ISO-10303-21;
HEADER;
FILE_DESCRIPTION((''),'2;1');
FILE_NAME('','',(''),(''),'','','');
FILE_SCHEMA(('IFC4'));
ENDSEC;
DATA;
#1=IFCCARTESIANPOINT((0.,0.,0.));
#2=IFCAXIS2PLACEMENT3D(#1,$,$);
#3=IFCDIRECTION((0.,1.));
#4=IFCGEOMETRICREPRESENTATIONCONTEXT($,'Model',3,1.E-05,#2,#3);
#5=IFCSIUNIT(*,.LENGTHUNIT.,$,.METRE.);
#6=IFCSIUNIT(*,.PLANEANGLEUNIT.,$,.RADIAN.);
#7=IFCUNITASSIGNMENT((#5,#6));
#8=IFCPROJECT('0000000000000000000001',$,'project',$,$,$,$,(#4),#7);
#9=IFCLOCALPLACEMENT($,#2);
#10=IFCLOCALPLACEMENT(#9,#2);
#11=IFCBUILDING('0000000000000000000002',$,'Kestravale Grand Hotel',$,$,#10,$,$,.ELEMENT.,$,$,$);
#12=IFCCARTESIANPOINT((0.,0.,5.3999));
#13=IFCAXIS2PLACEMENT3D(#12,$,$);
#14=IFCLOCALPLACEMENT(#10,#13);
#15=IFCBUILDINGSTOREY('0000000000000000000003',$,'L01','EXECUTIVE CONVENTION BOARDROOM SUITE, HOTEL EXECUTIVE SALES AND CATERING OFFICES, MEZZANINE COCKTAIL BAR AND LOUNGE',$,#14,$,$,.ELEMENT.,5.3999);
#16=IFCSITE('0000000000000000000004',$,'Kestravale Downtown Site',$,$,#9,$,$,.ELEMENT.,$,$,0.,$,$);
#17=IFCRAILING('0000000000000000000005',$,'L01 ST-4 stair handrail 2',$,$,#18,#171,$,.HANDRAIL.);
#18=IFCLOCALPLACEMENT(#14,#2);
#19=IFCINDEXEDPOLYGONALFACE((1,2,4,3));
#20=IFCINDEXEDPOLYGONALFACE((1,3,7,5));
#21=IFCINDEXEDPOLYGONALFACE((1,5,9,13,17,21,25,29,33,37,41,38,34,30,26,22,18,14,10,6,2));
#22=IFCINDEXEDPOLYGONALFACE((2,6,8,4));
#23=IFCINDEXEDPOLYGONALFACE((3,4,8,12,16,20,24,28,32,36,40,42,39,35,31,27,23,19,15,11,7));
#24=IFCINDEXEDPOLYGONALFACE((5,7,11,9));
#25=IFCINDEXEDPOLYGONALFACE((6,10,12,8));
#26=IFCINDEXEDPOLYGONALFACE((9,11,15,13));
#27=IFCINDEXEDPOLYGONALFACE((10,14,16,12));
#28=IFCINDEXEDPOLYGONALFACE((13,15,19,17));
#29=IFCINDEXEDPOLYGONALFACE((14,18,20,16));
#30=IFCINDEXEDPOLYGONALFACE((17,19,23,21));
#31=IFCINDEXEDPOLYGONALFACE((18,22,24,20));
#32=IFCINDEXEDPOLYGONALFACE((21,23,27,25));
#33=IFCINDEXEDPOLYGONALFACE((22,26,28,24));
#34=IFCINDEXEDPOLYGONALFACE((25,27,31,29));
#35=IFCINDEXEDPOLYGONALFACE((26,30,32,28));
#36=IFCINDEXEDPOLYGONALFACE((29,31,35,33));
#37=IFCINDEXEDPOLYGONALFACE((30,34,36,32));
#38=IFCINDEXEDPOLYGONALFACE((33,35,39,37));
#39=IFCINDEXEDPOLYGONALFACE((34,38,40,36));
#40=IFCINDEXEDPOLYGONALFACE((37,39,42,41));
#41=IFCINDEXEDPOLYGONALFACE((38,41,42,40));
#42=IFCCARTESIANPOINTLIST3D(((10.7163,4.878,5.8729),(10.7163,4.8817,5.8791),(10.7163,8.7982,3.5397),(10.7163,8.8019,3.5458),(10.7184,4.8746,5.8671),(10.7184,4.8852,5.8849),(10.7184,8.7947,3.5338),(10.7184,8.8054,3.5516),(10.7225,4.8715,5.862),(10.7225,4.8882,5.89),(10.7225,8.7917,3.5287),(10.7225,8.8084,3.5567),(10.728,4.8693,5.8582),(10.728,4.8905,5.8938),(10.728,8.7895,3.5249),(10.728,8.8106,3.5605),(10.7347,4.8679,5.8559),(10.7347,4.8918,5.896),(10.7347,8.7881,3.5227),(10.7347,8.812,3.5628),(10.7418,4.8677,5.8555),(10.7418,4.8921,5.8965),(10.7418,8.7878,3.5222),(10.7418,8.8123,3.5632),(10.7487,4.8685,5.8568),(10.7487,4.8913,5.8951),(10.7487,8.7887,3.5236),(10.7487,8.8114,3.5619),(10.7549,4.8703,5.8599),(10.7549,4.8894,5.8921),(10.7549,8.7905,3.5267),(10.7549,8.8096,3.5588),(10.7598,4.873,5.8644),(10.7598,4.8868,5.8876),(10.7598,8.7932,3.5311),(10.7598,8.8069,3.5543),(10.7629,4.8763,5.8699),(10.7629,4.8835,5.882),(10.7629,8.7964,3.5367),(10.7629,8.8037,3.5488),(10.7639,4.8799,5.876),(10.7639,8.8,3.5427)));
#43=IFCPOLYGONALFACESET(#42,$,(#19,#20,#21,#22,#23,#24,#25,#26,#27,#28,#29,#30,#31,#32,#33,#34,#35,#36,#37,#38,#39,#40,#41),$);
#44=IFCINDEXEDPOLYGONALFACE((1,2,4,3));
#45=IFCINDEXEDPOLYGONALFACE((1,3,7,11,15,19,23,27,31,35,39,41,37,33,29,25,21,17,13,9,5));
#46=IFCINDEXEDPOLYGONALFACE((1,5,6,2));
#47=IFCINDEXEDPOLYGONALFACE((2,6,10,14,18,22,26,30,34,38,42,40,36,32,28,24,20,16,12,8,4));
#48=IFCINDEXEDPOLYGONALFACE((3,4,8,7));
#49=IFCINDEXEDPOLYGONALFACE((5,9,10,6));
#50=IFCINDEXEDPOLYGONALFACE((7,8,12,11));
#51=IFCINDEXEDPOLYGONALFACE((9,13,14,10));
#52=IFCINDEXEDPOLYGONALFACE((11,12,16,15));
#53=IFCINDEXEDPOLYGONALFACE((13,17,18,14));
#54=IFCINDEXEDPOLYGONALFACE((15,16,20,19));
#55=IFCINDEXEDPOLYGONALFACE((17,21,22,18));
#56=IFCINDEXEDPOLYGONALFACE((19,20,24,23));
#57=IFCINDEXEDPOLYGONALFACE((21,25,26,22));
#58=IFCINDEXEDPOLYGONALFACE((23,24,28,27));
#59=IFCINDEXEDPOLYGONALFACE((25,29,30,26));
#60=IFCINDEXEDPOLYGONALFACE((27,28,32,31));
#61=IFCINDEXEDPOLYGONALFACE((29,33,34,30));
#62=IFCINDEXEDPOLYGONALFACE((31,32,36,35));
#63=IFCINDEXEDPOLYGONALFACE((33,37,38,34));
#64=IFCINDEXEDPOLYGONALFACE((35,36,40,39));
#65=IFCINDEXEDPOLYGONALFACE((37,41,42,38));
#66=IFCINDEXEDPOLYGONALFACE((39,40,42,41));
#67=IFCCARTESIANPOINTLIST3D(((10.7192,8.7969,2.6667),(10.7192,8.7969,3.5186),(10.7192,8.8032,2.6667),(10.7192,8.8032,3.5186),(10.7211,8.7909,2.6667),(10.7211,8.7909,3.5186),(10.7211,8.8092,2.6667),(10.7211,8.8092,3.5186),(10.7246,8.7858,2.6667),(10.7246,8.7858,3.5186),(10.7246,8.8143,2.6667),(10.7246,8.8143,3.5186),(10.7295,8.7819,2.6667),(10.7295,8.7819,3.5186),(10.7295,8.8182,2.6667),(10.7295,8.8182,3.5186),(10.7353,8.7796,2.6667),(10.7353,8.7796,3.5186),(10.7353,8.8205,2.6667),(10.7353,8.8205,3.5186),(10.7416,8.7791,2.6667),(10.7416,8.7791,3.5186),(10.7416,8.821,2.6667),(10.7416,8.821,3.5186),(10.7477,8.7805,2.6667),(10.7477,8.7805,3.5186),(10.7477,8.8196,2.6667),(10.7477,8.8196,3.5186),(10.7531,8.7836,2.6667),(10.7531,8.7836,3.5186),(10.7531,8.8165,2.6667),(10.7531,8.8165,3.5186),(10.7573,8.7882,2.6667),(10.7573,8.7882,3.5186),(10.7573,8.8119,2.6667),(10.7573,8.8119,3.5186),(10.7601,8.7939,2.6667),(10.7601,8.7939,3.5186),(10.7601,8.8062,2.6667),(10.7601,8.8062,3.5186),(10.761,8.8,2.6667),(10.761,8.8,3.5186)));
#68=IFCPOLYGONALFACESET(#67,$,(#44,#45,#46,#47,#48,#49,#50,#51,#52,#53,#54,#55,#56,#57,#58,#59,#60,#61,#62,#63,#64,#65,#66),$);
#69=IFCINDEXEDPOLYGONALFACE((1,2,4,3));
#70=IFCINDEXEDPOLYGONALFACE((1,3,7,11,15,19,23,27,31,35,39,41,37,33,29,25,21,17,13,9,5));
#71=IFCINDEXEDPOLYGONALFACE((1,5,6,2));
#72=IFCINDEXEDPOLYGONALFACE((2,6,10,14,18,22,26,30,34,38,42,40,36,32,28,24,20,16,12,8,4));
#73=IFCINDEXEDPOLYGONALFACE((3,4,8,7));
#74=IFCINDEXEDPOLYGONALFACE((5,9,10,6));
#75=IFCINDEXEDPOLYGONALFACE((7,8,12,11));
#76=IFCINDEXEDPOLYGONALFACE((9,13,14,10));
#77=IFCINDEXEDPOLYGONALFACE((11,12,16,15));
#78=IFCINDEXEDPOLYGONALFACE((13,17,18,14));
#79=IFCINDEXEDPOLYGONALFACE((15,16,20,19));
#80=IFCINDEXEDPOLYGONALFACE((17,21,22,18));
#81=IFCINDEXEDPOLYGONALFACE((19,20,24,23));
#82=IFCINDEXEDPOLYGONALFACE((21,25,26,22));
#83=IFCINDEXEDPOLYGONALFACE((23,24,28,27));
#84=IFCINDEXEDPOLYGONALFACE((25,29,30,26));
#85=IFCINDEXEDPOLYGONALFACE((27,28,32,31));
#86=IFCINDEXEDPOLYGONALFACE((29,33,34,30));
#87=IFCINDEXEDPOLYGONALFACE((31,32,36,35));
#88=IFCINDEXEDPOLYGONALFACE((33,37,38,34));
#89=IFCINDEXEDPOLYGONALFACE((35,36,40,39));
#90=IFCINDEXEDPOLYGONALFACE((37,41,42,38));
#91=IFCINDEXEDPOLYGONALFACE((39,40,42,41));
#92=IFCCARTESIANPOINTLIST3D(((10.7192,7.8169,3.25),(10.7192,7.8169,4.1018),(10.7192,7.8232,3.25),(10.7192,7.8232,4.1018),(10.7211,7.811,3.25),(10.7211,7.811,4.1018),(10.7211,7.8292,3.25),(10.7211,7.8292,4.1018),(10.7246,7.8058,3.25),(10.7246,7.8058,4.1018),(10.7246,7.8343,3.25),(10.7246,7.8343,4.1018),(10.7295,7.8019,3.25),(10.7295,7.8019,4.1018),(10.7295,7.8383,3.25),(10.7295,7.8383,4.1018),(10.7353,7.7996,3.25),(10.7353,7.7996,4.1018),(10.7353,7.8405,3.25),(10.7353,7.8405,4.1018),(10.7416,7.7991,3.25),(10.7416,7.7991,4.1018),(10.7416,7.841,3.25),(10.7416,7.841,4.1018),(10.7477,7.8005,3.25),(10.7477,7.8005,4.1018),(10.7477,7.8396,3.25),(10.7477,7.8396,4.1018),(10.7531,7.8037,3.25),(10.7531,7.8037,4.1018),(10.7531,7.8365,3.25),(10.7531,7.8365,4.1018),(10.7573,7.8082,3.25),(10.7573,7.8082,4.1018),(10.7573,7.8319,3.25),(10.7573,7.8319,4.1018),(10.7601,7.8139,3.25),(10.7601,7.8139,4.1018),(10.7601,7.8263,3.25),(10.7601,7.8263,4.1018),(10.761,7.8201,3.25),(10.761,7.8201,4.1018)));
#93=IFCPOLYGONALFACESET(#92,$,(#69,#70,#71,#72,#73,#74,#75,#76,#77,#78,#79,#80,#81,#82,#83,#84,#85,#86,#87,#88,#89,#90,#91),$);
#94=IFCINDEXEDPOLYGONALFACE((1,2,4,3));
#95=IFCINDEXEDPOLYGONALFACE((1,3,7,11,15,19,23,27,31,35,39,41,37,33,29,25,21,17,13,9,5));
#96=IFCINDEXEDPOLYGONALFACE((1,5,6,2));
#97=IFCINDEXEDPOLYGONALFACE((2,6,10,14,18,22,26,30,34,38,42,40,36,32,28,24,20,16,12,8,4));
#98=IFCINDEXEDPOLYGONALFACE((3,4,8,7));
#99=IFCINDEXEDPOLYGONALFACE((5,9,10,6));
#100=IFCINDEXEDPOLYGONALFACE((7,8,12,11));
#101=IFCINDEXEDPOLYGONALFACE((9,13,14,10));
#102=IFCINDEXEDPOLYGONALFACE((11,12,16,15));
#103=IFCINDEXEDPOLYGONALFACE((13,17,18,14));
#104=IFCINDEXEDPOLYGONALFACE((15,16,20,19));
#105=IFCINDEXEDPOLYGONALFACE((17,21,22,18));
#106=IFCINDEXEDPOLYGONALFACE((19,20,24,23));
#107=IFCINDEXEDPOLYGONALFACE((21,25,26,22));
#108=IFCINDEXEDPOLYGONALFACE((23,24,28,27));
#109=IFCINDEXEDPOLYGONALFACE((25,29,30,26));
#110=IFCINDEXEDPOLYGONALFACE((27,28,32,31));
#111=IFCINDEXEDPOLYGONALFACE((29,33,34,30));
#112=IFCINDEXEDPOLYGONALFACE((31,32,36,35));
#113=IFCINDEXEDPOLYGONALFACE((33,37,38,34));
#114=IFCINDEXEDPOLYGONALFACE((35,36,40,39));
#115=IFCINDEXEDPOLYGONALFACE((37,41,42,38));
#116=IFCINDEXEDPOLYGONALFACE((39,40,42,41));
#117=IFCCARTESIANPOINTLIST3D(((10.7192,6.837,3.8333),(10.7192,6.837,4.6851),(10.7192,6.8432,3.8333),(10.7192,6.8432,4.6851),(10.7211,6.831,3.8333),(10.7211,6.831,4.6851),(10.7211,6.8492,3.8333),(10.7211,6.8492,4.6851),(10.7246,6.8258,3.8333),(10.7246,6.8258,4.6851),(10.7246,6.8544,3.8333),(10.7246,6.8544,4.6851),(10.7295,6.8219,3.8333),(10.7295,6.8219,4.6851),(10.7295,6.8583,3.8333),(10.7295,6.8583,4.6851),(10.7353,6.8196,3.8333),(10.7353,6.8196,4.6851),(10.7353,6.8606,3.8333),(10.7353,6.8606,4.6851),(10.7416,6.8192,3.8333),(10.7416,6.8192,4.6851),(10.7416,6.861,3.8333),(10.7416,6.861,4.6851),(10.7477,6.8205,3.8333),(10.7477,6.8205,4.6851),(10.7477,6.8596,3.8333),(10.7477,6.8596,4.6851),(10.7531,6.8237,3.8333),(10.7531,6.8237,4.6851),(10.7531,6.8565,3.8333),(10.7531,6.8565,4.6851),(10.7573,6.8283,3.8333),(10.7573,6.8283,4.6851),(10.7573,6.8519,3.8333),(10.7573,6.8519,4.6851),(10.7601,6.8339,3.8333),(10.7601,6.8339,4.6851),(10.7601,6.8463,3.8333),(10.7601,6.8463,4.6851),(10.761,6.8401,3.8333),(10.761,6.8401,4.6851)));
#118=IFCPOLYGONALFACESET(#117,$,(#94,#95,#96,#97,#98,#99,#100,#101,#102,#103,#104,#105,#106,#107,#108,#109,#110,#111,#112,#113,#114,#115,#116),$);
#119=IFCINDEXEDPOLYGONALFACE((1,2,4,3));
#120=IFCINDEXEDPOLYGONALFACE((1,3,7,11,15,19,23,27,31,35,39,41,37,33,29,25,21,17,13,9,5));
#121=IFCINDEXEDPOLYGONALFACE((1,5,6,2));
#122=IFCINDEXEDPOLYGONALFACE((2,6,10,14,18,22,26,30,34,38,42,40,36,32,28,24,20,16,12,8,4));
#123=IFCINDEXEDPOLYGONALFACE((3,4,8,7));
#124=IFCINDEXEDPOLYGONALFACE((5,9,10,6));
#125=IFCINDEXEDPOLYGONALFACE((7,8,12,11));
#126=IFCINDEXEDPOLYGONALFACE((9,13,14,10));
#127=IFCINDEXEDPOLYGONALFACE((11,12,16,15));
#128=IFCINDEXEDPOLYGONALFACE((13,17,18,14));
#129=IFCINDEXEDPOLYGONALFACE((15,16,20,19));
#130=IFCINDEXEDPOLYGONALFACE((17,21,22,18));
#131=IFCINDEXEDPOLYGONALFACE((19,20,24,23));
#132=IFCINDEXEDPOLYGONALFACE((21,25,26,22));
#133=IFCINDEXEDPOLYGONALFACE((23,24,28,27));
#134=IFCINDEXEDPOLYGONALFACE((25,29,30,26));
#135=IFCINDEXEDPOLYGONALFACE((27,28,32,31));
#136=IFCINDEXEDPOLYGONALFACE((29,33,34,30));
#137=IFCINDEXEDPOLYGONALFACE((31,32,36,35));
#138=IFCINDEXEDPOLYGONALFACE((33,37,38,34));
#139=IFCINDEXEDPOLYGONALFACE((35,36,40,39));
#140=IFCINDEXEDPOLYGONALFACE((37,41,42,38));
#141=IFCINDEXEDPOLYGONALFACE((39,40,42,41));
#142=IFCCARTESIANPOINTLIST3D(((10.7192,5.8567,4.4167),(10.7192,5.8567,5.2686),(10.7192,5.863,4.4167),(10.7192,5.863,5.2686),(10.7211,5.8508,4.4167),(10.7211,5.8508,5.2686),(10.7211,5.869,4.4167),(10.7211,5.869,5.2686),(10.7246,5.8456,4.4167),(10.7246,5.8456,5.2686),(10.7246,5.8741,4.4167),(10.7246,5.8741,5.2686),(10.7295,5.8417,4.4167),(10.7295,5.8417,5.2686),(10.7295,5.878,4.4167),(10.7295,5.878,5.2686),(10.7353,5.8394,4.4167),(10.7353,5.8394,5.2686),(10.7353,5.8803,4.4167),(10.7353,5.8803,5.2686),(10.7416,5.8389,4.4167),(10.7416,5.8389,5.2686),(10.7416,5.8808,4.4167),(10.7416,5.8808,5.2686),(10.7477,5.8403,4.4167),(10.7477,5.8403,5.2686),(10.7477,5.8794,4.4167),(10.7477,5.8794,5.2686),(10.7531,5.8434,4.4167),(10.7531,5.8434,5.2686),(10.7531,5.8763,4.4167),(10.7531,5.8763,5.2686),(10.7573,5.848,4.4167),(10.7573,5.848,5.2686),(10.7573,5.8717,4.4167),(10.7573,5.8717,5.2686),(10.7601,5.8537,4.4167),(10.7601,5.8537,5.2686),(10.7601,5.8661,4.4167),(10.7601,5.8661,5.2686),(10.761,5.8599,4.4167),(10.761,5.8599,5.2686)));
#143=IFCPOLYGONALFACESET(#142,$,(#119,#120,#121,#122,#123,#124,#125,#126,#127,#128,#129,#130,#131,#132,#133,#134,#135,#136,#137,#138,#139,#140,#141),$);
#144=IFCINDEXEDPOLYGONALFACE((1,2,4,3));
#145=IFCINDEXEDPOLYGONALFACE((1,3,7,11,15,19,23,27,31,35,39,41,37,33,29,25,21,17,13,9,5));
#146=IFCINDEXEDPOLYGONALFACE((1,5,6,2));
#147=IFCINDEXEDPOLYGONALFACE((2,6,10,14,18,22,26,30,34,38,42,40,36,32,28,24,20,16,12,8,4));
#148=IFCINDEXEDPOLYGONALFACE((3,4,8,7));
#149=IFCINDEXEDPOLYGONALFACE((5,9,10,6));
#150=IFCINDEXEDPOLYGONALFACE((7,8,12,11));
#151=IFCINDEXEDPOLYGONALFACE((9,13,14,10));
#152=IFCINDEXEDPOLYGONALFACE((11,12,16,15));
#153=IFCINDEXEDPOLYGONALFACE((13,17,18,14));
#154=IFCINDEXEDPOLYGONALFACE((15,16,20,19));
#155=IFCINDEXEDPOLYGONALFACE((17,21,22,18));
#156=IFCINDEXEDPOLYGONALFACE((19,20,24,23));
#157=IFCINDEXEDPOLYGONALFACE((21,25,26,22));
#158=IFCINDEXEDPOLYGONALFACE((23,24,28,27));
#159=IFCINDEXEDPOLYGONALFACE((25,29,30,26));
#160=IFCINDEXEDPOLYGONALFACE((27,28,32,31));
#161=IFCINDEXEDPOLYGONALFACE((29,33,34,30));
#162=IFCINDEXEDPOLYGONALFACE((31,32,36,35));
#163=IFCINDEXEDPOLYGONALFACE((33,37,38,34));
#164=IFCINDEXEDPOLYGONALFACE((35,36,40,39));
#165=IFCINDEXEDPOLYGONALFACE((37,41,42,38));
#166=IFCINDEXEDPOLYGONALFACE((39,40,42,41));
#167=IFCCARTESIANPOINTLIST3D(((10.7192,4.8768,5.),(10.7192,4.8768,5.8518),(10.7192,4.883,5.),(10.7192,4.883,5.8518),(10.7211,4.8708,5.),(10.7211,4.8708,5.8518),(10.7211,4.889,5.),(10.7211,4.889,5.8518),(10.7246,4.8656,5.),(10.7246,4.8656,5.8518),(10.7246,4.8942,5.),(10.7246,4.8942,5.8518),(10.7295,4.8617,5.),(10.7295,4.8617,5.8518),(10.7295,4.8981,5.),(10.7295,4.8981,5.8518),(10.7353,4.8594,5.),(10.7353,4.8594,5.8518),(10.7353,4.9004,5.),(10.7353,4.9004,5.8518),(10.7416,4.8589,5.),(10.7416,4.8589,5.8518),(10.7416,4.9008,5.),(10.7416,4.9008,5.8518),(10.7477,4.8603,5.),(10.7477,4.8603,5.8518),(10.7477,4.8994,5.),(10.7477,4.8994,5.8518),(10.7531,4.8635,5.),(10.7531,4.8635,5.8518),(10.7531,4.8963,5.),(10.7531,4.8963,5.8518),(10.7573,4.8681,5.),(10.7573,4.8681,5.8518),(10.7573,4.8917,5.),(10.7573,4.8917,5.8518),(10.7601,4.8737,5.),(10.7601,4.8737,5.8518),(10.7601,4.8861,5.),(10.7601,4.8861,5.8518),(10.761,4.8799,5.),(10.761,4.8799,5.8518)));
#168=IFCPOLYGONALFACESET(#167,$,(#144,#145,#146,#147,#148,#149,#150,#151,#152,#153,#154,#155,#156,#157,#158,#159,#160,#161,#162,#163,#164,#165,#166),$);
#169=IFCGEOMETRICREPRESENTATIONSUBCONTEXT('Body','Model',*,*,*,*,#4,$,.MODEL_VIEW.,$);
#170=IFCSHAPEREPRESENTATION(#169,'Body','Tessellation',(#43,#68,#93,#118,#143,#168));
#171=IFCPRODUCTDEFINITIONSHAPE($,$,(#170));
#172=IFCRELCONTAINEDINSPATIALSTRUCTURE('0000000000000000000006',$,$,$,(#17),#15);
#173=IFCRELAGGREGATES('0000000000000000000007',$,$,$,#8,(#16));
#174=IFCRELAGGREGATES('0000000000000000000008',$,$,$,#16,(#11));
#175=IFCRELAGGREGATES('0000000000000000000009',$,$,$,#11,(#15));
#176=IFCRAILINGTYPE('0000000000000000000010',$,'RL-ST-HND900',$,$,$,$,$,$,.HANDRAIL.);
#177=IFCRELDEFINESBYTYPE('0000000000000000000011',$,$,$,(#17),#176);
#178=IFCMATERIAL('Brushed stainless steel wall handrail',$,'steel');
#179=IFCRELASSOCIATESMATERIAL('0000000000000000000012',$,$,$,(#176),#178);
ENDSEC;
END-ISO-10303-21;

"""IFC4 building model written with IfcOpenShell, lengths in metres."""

from ifc_helpers import new_model, si_unit, direction, frame, origin, origin_2d, place, context, subcontext, project, spatial, circle, extrude, material, type_object, element, save


model = new_model("IFC4")

# Units and contexts
model_context = context("Model", 3, precision=1e-05, world=origin(), true_north=direction((0.0, 1.0)))
body_context = subcontext(model_context, "Body", "Model", "MODEL_VIEW")
ifc_project = project(units=[si_unit("LENGTHUNIT", "METRE"), si_unit("PLANEANGLEUNIT", "RADIAN")], contexts=[model_context])

# Site, building, storey
site_placement = place(None, origin())
site = spatial("IfcSite", under=ifc_project, at=site_placement, Name="Kestravale Downtown Site", CompositionType="ELEMENT", RefElevation=0.0)
building_placement = place(site_placement, origin())
building = spatial("IfcBuilding", under=site, at=building_placement, Name="Kestravale Grand Hotel", CompositionType="ELEMENT")
storey_placement = place(building_placement, frame((0.0, 0.0, 5.3999)))
storey = spatial("IfcBuildingStorey", under=building, at=storey_placement, Name="L01", Description="EXECUTIVE CONVENTION BOARDROOM SUITE, HOTEL EXECUTIVE SALES AND CATERING OFFICES, MEZZANINE COCKTAIL BAR AND LOUNGE", CompositionType="ELEMENT", Elevation=5.3999)

# Railing
ifc_material_1 = material(Name="Brushed stainless steel wall handrail", Category="steel")
railing_type_1 = type_object("IfcRailingType", Name="RL-ST-HND900", PredefinedType="HANDRAIL", material=ifc_material_1)
railing_1_placement = place(storey_placement, frame((10.74, 8.8, 2.6667)))
element("IfcRailing", 1, at=railing_1_placement, inside=storey, type_object=railing_type_1, Name="L01 ST-4 stair handrail 2", PredefinedType="HANDRAIL", context=body_context, shape_type="SweptSolid", body=[
    extrude(circle(Radius=0.0239, at=origin_2d()), frame((0.0, 0.0, 0.876), z_axis=(0.0, -0.85931, 0.511455), x_axis=(1.0, 0.0, 0.0)), (0.0, 0.0, 1.0), 4.562),
    extrude(circle(Radius=0.021, at=origin_2d()), origin(), (0.0, 0.0, 1.0), 0.8518),
    extrude(circle(Radius=0.021, at=origin_2d()), frame((0.0, -0.98, 0.5833)), (0.0, 0.0, 1.0), 0.8518),
    extrude(circle(Radius=0.021, at=origin_2d()), frame((0.0, -1.96, 1.1665)), (0.0, 0.0, 1.0), 0.8518),
    extrude(circle(Radius=0.021, at=origin_2d()), frame((0.0, -2.9402, 1.75)), (0.0, 0.0, 1.0), 0.8518),
    extrude(circle(Radius=0.021, at=origin_2d()), frame((0.0, -3.9202, 2.3333)), (0.0, 0.0, 1.0), 0.8518),
])

save(model, "model.ifc")
